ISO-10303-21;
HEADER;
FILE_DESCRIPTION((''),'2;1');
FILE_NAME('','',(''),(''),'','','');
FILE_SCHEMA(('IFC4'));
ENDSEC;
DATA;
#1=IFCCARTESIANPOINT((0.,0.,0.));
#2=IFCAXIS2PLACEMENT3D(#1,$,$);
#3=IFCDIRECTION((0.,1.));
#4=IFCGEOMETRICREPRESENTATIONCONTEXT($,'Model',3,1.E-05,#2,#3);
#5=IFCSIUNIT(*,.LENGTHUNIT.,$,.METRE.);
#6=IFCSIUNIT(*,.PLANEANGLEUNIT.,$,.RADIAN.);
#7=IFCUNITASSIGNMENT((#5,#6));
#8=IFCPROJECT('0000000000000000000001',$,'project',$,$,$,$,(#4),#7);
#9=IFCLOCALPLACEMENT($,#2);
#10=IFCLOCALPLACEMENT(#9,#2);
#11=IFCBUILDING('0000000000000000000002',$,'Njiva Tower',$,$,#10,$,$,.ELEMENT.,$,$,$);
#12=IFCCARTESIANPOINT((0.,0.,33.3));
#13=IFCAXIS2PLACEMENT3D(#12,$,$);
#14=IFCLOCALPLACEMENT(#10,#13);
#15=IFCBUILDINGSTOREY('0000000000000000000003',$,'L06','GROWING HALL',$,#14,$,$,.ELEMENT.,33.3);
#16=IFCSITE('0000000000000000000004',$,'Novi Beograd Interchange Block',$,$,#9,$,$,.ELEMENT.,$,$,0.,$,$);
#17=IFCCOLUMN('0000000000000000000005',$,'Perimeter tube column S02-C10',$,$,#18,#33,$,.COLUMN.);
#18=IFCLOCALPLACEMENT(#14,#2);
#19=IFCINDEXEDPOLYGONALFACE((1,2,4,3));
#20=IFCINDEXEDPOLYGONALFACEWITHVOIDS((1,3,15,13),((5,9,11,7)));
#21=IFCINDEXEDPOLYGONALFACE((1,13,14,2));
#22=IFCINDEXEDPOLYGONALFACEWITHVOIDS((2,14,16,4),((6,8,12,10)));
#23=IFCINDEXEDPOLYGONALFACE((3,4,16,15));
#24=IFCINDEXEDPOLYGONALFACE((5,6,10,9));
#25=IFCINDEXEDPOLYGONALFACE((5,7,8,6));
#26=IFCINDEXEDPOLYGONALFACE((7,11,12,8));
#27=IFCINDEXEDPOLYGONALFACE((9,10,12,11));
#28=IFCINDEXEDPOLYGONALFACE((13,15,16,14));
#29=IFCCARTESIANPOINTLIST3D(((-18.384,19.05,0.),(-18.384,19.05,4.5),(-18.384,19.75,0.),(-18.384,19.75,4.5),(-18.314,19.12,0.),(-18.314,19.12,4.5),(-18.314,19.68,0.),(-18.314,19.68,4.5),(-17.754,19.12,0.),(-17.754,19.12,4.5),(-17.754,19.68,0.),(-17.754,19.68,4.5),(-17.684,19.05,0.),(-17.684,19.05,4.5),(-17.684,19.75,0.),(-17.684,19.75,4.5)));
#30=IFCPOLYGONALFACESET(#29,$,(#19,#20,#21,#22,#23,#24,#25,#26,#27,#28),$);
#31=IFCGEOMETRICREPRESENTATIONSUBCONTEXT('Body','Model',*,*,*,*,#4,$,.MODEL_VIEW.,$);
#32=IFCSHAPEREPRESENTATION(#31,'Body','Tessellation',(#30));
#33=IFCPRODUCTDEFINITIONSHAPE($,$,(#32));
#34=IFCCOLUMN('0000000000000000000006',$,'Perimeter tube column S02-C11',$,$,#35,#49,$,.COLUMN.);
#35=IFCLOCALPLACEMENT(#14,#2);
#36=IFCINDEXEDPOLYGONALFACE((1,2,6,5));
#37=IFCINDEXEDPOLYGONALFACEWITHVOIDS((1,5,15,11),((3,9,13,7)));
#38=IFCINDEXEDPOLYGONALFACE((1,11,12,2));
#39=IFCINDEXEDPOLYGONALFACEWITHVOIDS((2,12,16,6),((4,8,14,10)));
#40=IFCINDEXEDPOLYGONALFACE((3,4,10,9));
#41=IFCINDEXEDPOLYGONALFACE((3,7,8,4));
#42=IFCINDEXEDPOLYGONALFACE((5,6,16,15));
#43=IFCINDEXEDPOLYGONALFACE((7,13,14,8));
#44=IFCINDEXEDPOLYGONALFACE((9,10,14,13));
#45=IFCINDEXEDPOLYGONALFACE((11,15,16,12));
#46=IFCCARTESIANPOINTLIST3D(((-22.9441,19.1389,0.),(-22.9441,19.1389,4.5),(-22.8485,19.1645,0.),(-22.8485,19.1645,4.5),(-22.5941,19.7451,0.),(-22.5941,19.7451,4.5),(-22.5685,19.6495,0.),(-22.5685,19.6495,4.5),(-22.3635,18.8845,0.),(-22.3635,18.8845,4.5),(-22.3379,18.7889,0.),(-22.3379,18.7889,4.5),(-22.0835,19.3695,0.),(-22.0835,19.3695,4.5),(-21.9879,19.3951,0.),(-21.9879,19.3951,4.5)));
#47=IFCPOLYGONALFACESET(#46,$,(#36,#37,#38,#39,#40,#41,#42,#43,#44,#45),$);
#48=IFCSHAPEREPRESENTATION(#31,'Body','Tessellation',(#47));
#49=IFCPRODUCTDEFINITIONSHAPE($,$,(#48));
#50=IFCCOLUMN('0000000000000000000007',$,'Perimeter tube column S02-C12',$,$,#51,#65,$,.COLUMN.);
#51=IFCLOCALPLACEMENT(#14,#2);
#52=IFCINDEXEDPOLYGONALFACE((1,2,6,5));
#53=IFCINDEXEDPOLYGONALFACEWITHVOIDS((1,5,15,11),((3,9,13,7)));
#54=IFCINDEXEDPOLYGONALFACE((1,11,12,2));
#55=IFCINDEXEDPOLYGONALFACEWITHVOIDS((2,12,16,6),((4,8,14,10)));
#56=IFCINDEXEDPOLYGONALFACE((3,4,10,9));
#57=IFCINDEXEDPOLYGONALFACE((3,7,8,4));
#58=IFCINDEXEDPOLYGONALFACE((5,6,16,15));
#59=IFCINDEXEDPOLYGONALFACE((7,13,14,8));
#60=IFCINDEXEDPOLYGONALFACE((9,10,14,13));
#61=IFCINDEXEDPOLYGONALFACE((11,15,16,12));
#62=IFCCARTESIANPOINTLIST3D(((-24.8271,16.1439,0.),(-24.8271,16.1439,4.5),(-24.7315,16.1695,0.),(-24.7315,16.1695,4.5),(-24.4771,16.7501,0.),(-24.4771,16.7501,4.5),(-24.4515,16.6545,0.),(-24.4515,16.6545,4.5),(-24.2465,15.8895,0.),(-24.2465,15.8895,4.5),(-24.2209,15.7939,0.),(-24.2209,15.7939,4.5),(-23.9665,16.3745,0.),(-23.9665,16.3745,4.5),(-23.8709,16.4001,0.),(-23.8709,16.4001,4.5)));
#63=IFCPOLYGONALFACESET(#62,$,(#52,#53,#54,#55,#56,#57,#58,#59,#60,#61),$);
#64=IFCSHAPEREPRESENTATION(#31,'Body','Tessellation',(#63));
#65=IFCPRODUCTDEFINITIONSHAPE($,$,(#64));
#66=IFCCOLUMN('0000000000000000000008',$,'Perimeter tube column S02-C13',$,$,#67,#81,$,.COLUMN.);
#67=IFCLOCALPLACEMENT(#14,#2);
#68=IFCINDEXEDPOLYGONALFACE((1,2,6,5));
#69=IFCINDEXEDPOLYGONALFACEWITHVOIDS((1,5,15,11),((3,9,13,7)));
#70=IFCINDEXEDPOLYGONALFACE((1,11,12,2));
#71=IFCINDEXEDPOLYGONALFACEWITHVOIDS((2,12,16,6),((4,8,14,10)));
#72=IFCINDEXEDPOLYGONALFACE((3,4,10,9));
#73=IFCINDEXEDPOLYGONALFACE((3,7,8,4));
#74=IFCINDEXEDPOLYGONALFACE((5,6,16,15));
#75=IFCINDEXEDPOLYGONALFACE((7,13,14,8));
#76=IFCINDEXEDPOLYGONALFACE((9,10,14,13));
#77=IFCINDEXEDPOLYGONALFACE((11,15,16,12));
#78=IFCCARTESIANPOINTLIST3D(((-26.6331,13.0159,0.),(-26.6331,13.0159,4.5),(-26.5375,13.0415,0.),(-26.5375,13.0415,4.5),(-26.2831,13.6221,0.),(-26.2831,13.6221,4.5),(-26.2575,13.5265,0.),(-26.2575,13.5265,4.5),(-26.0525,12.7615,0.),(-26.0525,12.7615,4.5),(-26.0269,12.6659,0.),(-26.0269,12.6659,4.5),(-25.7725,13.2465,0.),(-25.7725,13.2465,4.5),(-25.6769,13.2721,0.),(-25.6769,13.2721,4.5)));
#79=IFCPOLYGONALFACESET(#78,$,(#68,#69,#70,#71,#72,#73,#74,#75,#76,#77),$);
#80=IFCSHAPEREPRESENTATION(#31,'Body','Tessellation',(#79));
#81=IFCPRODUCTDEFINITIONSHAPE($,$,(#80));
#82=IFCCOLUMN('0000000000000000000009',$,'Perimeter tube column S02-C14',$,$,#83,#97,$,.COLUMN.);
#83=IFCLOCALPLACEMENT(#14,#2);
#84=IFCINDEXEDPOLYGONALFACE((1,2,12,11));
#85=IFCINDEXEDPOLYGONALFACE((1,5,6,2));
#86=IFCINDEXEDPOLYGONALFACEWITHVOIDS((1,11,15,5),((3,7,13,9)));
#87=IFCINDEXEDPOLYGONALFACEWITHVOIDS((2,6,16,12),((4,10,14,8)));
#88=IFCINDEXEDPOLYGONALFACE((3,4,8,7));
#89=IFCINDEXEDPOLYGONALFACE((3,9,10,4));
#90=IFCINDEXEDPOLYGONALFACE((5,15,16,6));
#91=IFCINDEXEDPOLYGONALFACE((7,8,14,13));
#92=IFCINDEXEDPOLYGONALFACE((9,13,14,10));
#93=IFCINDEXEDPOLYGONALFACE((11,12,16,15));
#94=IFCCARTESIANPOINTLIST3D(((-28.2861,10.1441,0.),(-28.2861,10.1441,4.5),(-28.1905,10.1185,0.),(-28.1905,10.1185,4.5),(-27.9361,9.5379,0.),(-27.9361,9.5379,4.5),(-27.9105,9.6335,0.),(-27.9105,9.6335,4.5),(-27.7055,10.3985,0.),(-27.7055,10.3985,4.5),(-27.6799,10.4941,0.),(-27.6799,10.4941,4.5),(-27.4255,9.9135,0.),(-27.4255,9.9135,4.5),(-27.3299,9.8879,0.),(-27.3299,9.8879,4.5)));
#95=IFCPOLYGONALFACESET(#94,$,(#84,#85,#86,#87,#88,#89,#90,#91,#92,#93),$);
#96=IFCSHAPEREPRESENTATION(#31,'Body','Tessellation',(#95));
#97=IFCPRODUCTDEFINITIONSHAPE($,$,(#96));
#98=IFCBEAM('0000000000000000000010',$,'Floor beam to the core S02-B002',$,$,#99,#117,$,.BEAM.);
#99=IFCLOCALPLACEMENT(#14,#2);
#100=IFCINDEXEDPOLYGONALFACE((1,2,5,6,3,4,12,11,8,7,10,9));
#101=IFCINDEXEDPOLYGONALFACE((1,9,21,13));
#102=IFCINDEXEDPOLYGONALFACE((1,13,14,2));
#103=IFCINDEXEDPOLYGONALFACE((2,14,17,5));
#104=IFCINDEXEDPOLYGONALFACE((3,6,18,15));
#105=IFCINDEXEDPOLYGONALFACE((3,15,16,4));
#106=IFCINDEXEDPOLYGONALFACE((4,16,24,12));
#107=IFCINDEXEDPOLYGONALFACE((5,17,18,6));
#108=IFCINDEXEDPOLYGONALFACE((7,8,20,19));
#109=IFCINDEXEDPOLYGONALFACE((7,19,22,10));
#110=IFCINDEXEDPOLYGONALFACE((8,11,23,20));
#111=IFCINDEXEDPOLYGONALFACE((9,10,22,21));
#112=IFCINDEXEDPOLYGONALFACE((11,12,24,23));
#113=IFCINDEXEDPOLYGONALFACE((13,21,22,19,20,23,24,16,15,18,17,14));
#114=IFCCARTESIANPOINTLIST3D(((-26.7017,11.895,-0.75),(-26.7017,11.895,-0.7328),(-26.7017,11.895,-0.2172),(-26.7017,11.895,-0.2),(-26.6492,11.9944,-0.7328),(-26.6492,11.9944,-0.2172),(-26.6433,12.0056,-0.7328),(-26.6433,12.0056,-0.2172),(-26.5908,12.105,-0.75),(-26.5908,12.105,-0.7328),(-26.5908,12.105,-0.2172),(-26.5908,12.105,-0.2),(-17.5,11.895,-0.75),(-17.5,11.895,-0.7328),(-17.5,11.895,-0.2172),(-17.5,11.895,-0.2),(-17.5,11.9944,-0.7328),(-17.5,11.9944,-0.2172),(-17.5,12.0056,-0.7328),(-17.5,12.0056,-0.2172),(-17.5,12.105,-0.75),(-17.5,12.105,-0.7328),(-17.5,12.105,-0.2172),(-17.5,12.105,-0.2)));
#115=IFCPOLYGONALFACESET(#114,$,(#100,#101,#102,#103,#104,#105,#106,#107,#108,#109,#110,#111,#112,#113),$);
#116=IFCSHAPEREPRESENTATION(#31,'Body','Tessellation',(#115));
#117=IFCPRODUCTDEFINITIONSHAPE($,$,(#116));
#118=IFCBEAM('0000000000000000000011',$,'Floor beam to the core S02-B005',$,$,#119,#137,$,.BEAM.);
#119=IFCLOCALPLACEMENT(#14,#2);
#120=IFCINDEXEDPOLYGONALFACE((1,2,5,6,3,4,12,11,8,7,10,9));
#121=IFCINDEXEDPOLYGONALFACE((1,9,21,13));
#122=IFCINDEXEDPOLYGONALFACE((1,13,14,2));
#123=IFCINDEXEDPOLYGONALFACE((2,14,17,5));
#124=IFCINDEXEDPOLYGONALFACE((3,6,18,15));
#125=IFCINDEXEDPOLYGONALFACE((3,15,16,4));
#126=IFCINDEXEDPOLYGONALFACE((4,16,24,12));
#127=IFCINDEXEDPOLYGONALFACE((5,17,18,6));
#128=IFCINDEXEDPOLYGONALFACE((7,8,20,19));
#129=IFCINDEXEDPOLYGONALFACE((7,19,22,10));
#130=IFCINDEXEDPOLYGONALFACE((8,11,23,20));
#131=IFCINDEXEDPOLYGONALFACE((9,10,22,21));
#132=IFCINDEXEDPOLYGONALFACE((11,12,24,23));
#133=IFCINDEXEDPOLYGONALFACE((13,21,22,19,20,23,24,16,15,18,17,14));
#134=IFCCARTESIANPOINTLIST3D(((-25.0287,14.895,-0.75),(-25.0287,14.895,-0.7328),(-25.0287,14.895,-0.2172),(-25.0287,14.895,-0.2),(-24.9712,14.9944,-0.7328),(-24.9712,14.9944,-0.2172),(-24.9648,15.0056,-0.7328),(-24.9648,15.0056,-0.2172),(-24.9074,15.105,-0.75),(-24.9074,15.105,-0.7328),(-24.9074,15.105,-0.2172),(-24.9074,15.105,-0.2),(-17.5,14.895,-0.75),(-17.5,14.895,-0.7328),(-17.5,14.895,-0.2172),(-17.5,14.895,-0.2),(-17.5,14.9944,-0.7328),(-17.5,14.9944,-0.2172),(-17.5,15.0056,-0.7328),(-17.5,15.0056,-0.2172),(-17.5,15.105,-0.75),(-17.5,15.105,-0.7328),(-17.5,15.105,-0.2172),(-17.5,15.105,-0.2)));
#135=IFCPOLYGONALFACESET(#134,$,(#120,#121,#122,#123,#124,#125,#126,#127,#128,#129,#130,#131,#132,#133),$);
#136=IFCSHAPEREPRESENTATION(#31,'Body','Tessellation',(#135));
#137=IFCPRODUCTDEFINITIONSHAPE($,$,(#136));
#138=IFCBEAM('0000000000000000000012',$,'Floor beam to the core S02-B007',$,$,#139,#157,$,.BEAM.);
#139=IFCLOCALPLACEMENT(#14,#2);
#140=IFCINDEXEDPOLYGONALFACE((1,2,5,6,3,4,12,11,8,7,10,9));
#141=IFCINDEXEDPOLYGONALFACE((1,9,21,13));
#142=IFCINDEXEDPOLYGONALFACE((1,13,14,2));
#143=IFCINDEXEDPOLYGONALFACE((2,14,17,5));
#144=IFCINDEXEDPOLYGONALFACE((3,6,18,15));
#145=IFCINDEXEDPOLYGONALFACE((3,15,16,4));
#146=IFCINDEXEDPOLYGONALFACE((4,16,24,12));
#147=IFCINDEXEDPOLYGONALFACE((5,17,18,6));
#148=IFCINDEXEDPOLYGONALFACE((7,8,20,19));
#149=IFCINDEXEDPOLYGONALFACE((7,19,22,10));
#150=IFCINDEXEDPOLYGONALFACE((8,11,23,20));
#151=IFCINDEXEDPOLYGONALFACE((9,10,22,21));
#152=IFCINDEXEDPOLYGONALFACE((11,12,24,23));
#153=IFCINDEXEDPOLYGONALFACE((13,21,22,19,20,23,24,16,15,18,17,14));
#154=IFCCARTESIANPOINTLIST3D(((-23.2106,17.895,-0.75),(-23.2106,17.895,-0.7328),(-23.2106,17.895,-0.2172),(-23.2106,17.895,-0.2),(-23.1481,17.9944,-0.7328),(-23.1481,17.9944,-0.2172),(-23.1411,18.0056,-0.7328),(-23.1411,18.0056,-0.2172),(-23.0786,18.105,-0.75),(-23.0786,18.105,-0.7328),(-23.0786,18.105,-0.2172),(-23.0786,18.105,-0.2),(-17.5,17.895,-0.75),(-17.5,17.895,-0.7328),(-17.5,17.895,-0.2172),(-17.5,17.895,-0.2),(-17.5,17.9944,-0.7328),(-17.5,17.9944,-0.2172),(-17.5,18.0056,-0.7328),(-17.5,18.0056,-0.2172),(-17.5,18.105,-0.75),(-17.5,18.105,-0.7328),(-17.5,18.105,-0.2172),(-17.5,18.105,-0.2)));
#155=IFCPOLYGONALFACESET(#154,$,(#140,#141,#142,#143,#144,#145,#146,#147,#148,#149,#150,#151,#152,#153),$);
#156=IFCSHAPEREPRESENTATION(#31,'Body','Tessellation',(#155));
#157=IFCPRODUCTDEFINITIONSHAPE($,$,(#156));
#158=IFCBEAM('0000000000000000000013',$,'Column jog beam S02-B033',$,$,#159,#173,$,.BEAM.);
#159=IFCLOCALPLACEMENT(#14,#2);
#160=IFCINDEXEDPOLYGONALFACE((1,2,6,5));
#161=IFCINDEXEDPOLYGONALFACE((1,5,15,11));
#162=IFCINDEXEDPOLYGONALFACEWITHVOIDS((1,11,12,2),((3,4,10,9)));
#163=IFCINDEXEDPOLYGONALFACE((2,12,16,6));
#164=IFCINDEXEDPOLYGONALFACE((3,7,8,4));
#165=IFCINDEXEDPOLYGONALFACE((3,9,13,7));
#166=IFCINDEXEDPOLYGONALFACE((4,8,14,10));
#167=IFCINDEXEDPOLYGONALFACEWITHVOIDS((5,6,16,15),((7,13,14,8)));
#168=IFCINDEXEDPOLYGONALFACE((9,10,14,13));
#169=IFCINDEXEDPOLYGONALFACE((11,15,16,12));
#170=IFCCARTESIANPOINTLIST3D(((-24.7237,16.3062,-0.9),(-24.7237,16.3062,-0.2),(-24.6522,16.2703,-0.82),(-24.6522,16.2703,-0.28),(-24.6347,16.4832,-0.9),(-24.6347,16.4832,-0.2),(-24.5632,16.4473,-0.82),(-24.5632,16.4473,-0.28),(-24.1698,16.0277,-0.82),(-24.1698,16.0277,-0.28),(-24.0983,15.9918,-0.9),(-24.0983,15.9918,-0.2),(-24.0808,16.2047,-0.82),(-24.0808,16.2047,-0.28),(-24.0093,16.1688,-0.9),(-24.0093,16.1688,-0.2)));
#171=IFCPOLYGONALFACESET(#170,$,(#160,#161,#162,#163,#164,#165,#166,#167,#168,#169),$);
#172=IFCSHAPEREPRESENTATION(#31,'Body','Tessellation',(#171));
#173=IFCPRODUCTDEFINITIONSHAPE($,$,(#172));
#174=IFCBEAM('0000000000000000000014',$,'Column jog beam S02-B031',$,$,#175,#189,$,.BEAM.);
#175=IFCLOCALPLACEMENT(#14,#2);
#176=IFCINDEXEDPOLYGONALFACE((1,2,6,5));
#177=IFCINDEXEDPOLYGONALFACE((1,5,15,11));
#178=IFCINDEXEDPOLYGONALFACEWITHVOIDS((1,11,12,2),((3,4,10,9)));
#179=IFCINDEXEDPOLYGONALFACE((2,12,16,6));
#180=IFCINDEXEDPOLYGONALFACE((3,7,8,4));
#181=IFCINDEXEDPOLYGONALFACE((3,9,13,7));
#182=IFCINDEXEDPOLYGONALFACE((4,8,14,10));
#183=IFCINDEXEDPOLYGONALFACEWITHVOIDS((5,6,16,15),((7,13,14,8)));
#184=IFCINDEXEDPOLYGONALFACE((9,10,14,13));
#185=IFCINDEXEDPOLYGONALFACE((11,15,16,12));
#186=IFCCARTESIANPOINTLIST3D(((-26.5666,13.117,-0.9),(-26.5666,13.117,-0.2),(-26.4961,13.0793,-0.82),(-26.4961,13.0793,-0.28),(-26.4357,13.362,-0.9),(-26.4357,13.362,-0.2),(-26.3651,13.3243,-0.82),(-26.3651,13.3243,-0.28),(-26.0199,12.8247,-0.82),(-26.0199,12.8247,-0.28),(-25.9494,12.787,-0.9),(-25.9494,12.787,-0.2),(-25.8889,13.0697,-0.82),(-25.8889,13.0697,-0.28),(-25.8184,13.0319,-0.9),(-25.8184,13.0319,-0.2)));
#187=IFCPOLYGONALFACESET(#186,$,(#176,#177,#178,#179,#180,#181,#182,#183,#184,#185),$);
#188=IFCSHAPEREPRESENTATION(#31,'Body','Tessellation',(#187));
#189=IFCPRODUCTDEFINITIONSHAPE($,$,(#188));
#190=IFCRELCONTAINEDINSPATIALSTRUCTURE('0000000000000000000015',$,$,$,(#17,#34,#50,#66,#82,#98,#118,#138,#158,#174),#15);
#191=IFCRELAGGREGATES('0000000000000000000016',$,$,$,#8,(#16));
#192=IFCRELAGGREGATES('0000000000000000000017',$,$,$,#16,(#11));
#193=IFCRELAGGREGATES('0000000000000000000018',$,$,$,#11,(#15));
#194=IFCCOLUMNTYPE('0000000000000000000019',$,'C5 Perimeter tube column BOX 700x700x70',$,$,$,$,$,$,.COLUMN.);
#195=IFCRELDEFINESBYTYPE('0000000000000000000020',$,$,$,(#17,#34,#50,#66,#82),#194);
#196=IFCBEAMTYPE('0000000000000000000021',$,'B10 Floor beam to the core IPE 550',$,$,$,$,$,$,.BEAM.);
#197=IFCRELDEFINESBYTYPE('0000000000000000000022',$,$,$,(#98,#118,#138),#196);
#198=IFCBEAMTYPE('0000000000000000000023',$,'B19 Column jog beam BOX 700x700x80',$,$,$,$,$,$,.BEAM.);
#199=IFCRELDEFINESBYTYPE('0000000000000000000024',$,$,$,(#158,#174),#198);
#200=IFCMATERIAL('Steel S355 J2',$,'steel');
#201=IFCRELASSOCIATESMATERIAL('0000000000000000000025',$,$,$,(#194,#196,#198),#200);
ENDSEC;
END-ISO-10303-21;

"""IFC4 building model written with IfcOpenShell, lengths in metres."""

from ifc_helpers import new_model, si_unit, direction, frame, origin, origin_2d, place, context, subcontext, project, spatial, hollow_rectangle, i_section, extrude, clip, halfspace, material, material_profile, profile_set, type_object, element, save


model = new_model("IFC4")

# Units and contexts
model_context = context("Model", 3, precision=1e-05, world=origin(), true_north=direction((0.0, 1.0)))
body_context = subcontext(model_context, "Body", "Model", "MODEL_VIEW")
ifc_project = project(units=[si_unit("LENGTHUNIT", "METRE"), si_unit("PLANEANGLEUNIT", "RADIAN")], contexts=[model_context])

# Site, building, storey
site_placement = place(None, origin())
site = spatial("IfcSite", under=ifc_project, at=site_placement, Name="Novi Beograd Interchange Block", CompositionType="ELEMENT", RefElevation=0.0)
building_placement = place(site_placement, origin())
building = spatial("IfcBuilding", under=site, at=building_placement, Name="Njiva Tower", CompositionType="ELEMENT")
storey_placement = place(building_placement, frame((0.0, 0.0, 33.3)))
storey = spatial("IfcBuildingStorey", under=building, at=storey_placement, Name="L06", Description="GROWING HALL", CompositionType="ELEMENT", Elevation=33.3)

# Columns
ifc_material_1 = material(Name="Steel S355 J2", Category="steel")
ifc_material_profile_1 = material_profile(ifc_material_1, hollow_rectangle(XDim=0.7, YDim=0.7, WallThickness=0.07, at=origin_2d()), Name="BOX 700x700x70")
ifc_profile_set_1 = profile_set([ifc_material_profile_1], Name="Steel S355 J2")
column_type = type_object("IfcColumnType", Name="C5 Perimeter tube column BOX 700x700x70", PredefinedType="COLUMN", material=ifc_profile_set_1)
for number, where, z_axis, x_axis, name in (
    (1, (-18.034, 19.4, 0.0), (0.0, 0.0, 1.0), (-1.0, 0.0, 0.0), "Perimeter tube column S02-C10"),
    (2, (-22.466, 19.267, 0.0), (0.0, 0.0, 1.0), (-0.5, -0.866025, 0.0), "Perimeter tube column S02-C11"),
    (3, (-24.349, 16.272, 0.0), (0.0, 0.0, 1.0), (-0.5, -0.866025, 0.0), "Perimeter tube column S02-C12"),
    (4, (-26.155, 13.144, 0.0), (0.0, 0.0, 1.0), (-0.5, -0.866025, 0.0), "Perimeter tube column S02-C13"),
    (5, (-27.808, 10.016, 0.0), (0.0, 0.0, 1.0), (0.5, -0.866025, 0.0), "Perimeter tube column S02-C14"),
):
    element("IfcColumn", number, at=place(storey_placement, frame(where, z_axis=z_axis, x_axis=x_axis)), inside=storey, type_object=column_type, Name=name, PredefinedType="COLUMN", context=body_context, shape_type="SweptSolid", body=[
        extrude(hollow_rectangle(XDim=0.7, YDim=0.7, WallThickness=0.07, at=origin_2d()), origin(), (0.0, 0.0, 1.0), 4.5),
    ])

# Beams
ifc_material_profile_2 = material_profile(ifc_material_1, i_section(OverallWidth=0.21, OverallDepth=0.55, WebThickness=0.0111, FlangeThickness=0.0172, at=origin_2d()), Name="IPE 550")
ifc_profile_set_2 = profile_set([ifc_material_profile_2], Name="Steel S355 J2")
beam_type_1 = type_object("IfcBeamType", Name="B10 Floor beam to the core IPE 550", PredefinedType="BEAM", material=ifc_profile_set_2)
beam_1_placement = place(storey_placement, frame((-26.721, 12.0, -0.475), z_axis=(1.0, 0.0, 0.0), x_axis=(0.0, 1.0, 0.0)))
element("IfcBeam", 6, at=beam_1_placement, inside=storey, type_object=beam_type_1, Name="Floor beam to the core S02-B002", PredefinedType="BEAM", context=body_context, shape_type="Clipping", body=[
    clip(extrude(i_section(OverallWidth=0.21, OverallDepth=0.55, WebThickness=0.0111, FlangeThickness=0.0172, at=origin_2d()), origin(), (0.0, 0.0, 1.0), 9.221), halfspace(frame((0.0234, 0.0, 0.0871), z_axis=(0.467062, 0.0, -0.884224), x_axis=(0.0, -1.0, 0.0)), False)),
])
beam_2_placement = place(storey_placement, frame((-25.049, 15.0, -0.475), z_axis=(1.0, 0.0, 0.0), x_axis=(0.0, 1.0, 0.0)))
element("IfcBeam", 7, at=beam_2_placement, inside=storey, type_object=beam_type_1, Name="Floor beam to the core S02-B005", PredefinedType="BEAM", context=body_context, shape_type="Clipping", body=[
    clip(extrude(i_section(OverallWidth=0.21, OverallDepth=0.55, WebThickness=0.0111, FlangeThickness=0.0172, at=origin_2d()), origin(), (0.0, 0.0, 1.0), 7.549), halfspace(frame((0.025, 0.0, 0.0954), z_axis=(0.499998, 0.0, -0.866027), x_axis=(0.0, -1.0, 0.0)), False)),
])
beam_3_placement = place(storey_placement, frame((-23.231, 18.0, -0.475), z_axis=(1.0, 0.0, 0.0), x_axis=(0.0, 1.0, 0.0)))
element("IfcBeam", 8, at=beam_3_placement, inside=storey, type_object=beam_type_1, Name="Floor beam to the core S02-B007", PredefinedType="BEAM", context=body_context, shape_type="Clipping", body=[
    clip(extrude(i_section(OverallWidth=0.21, OverallDepth=0.55, WebThickness=0.0111, FlangeThickness=0.0172, at=origin_2d()), origin(), (0.0, 0.0, 1.0), 5.731), halfspace(frame((0.0266, 0.0, 0.1031), z_axis=(0.53223, 0.0, -0.8466), x_axis=(0.0, -1.0, 0.0)), False)),
])
ifc_material_profile_3 = material_profile(ifc_material_1, hollow_rectangle(XDim=0.7, YDim=0.7, WallThickness=0.08, at=origin_2d()), Name="BOX 700x700x80")
ifc_profile_set_3 = profile_set([ifc_material_profile_3], Name="Steel S355 J2")
beam_type_2 = type_object("IfcBeamType", Name="B19 Column jog beam BOX 700x700x80", PredefinedType="BEAM", material=ifc_profile_set_3)
beam_4_placement = place(storey_placement, frame((-24.411, 16.149, -0.55), z_axis=(0.449231, 0.893415, 0.0), x_axis=(-0.893415, 0.449231, 0.0)))
element("IfcBeam", 9, at=beam_4_placement, inside=storey, type_object=beam_type_2, Name="Column jog beam S02-B033", PredefinedType="BEAM", context=body_context, shape_type="SweptSolid", body=[
    extrude(hollow_rectangle(XDim=0.7, YDim=0.7, WallThickness=0.08, at=origin_2d()), origin(), (0.0, 0.0, 1.0), 0.1981),
])
beam_5_placement = place(storey_placement, frame((-26.258, 12.952, -0.55), z_axis=(0.471522, 0.881854, 0.0), x_axis=(-0.881854, 0.471522, 0.0)))
element("IfcBeam", 10, at=beam_5_placement, inside=storey, type_object=beam_type_2, Name="Column jog beam S02-B031", PredefinedType="BEAM", context=body_context, shape_type="SweptSolid", body=[
    extrude(hollow_rectangle(XDim=0.7, YDim=0.7, WallThickness=0.08, at=origin_2d()), origin(), (0.0, 0.0, 1.0), 0.2778),
])

save(model, "model.ifc")
